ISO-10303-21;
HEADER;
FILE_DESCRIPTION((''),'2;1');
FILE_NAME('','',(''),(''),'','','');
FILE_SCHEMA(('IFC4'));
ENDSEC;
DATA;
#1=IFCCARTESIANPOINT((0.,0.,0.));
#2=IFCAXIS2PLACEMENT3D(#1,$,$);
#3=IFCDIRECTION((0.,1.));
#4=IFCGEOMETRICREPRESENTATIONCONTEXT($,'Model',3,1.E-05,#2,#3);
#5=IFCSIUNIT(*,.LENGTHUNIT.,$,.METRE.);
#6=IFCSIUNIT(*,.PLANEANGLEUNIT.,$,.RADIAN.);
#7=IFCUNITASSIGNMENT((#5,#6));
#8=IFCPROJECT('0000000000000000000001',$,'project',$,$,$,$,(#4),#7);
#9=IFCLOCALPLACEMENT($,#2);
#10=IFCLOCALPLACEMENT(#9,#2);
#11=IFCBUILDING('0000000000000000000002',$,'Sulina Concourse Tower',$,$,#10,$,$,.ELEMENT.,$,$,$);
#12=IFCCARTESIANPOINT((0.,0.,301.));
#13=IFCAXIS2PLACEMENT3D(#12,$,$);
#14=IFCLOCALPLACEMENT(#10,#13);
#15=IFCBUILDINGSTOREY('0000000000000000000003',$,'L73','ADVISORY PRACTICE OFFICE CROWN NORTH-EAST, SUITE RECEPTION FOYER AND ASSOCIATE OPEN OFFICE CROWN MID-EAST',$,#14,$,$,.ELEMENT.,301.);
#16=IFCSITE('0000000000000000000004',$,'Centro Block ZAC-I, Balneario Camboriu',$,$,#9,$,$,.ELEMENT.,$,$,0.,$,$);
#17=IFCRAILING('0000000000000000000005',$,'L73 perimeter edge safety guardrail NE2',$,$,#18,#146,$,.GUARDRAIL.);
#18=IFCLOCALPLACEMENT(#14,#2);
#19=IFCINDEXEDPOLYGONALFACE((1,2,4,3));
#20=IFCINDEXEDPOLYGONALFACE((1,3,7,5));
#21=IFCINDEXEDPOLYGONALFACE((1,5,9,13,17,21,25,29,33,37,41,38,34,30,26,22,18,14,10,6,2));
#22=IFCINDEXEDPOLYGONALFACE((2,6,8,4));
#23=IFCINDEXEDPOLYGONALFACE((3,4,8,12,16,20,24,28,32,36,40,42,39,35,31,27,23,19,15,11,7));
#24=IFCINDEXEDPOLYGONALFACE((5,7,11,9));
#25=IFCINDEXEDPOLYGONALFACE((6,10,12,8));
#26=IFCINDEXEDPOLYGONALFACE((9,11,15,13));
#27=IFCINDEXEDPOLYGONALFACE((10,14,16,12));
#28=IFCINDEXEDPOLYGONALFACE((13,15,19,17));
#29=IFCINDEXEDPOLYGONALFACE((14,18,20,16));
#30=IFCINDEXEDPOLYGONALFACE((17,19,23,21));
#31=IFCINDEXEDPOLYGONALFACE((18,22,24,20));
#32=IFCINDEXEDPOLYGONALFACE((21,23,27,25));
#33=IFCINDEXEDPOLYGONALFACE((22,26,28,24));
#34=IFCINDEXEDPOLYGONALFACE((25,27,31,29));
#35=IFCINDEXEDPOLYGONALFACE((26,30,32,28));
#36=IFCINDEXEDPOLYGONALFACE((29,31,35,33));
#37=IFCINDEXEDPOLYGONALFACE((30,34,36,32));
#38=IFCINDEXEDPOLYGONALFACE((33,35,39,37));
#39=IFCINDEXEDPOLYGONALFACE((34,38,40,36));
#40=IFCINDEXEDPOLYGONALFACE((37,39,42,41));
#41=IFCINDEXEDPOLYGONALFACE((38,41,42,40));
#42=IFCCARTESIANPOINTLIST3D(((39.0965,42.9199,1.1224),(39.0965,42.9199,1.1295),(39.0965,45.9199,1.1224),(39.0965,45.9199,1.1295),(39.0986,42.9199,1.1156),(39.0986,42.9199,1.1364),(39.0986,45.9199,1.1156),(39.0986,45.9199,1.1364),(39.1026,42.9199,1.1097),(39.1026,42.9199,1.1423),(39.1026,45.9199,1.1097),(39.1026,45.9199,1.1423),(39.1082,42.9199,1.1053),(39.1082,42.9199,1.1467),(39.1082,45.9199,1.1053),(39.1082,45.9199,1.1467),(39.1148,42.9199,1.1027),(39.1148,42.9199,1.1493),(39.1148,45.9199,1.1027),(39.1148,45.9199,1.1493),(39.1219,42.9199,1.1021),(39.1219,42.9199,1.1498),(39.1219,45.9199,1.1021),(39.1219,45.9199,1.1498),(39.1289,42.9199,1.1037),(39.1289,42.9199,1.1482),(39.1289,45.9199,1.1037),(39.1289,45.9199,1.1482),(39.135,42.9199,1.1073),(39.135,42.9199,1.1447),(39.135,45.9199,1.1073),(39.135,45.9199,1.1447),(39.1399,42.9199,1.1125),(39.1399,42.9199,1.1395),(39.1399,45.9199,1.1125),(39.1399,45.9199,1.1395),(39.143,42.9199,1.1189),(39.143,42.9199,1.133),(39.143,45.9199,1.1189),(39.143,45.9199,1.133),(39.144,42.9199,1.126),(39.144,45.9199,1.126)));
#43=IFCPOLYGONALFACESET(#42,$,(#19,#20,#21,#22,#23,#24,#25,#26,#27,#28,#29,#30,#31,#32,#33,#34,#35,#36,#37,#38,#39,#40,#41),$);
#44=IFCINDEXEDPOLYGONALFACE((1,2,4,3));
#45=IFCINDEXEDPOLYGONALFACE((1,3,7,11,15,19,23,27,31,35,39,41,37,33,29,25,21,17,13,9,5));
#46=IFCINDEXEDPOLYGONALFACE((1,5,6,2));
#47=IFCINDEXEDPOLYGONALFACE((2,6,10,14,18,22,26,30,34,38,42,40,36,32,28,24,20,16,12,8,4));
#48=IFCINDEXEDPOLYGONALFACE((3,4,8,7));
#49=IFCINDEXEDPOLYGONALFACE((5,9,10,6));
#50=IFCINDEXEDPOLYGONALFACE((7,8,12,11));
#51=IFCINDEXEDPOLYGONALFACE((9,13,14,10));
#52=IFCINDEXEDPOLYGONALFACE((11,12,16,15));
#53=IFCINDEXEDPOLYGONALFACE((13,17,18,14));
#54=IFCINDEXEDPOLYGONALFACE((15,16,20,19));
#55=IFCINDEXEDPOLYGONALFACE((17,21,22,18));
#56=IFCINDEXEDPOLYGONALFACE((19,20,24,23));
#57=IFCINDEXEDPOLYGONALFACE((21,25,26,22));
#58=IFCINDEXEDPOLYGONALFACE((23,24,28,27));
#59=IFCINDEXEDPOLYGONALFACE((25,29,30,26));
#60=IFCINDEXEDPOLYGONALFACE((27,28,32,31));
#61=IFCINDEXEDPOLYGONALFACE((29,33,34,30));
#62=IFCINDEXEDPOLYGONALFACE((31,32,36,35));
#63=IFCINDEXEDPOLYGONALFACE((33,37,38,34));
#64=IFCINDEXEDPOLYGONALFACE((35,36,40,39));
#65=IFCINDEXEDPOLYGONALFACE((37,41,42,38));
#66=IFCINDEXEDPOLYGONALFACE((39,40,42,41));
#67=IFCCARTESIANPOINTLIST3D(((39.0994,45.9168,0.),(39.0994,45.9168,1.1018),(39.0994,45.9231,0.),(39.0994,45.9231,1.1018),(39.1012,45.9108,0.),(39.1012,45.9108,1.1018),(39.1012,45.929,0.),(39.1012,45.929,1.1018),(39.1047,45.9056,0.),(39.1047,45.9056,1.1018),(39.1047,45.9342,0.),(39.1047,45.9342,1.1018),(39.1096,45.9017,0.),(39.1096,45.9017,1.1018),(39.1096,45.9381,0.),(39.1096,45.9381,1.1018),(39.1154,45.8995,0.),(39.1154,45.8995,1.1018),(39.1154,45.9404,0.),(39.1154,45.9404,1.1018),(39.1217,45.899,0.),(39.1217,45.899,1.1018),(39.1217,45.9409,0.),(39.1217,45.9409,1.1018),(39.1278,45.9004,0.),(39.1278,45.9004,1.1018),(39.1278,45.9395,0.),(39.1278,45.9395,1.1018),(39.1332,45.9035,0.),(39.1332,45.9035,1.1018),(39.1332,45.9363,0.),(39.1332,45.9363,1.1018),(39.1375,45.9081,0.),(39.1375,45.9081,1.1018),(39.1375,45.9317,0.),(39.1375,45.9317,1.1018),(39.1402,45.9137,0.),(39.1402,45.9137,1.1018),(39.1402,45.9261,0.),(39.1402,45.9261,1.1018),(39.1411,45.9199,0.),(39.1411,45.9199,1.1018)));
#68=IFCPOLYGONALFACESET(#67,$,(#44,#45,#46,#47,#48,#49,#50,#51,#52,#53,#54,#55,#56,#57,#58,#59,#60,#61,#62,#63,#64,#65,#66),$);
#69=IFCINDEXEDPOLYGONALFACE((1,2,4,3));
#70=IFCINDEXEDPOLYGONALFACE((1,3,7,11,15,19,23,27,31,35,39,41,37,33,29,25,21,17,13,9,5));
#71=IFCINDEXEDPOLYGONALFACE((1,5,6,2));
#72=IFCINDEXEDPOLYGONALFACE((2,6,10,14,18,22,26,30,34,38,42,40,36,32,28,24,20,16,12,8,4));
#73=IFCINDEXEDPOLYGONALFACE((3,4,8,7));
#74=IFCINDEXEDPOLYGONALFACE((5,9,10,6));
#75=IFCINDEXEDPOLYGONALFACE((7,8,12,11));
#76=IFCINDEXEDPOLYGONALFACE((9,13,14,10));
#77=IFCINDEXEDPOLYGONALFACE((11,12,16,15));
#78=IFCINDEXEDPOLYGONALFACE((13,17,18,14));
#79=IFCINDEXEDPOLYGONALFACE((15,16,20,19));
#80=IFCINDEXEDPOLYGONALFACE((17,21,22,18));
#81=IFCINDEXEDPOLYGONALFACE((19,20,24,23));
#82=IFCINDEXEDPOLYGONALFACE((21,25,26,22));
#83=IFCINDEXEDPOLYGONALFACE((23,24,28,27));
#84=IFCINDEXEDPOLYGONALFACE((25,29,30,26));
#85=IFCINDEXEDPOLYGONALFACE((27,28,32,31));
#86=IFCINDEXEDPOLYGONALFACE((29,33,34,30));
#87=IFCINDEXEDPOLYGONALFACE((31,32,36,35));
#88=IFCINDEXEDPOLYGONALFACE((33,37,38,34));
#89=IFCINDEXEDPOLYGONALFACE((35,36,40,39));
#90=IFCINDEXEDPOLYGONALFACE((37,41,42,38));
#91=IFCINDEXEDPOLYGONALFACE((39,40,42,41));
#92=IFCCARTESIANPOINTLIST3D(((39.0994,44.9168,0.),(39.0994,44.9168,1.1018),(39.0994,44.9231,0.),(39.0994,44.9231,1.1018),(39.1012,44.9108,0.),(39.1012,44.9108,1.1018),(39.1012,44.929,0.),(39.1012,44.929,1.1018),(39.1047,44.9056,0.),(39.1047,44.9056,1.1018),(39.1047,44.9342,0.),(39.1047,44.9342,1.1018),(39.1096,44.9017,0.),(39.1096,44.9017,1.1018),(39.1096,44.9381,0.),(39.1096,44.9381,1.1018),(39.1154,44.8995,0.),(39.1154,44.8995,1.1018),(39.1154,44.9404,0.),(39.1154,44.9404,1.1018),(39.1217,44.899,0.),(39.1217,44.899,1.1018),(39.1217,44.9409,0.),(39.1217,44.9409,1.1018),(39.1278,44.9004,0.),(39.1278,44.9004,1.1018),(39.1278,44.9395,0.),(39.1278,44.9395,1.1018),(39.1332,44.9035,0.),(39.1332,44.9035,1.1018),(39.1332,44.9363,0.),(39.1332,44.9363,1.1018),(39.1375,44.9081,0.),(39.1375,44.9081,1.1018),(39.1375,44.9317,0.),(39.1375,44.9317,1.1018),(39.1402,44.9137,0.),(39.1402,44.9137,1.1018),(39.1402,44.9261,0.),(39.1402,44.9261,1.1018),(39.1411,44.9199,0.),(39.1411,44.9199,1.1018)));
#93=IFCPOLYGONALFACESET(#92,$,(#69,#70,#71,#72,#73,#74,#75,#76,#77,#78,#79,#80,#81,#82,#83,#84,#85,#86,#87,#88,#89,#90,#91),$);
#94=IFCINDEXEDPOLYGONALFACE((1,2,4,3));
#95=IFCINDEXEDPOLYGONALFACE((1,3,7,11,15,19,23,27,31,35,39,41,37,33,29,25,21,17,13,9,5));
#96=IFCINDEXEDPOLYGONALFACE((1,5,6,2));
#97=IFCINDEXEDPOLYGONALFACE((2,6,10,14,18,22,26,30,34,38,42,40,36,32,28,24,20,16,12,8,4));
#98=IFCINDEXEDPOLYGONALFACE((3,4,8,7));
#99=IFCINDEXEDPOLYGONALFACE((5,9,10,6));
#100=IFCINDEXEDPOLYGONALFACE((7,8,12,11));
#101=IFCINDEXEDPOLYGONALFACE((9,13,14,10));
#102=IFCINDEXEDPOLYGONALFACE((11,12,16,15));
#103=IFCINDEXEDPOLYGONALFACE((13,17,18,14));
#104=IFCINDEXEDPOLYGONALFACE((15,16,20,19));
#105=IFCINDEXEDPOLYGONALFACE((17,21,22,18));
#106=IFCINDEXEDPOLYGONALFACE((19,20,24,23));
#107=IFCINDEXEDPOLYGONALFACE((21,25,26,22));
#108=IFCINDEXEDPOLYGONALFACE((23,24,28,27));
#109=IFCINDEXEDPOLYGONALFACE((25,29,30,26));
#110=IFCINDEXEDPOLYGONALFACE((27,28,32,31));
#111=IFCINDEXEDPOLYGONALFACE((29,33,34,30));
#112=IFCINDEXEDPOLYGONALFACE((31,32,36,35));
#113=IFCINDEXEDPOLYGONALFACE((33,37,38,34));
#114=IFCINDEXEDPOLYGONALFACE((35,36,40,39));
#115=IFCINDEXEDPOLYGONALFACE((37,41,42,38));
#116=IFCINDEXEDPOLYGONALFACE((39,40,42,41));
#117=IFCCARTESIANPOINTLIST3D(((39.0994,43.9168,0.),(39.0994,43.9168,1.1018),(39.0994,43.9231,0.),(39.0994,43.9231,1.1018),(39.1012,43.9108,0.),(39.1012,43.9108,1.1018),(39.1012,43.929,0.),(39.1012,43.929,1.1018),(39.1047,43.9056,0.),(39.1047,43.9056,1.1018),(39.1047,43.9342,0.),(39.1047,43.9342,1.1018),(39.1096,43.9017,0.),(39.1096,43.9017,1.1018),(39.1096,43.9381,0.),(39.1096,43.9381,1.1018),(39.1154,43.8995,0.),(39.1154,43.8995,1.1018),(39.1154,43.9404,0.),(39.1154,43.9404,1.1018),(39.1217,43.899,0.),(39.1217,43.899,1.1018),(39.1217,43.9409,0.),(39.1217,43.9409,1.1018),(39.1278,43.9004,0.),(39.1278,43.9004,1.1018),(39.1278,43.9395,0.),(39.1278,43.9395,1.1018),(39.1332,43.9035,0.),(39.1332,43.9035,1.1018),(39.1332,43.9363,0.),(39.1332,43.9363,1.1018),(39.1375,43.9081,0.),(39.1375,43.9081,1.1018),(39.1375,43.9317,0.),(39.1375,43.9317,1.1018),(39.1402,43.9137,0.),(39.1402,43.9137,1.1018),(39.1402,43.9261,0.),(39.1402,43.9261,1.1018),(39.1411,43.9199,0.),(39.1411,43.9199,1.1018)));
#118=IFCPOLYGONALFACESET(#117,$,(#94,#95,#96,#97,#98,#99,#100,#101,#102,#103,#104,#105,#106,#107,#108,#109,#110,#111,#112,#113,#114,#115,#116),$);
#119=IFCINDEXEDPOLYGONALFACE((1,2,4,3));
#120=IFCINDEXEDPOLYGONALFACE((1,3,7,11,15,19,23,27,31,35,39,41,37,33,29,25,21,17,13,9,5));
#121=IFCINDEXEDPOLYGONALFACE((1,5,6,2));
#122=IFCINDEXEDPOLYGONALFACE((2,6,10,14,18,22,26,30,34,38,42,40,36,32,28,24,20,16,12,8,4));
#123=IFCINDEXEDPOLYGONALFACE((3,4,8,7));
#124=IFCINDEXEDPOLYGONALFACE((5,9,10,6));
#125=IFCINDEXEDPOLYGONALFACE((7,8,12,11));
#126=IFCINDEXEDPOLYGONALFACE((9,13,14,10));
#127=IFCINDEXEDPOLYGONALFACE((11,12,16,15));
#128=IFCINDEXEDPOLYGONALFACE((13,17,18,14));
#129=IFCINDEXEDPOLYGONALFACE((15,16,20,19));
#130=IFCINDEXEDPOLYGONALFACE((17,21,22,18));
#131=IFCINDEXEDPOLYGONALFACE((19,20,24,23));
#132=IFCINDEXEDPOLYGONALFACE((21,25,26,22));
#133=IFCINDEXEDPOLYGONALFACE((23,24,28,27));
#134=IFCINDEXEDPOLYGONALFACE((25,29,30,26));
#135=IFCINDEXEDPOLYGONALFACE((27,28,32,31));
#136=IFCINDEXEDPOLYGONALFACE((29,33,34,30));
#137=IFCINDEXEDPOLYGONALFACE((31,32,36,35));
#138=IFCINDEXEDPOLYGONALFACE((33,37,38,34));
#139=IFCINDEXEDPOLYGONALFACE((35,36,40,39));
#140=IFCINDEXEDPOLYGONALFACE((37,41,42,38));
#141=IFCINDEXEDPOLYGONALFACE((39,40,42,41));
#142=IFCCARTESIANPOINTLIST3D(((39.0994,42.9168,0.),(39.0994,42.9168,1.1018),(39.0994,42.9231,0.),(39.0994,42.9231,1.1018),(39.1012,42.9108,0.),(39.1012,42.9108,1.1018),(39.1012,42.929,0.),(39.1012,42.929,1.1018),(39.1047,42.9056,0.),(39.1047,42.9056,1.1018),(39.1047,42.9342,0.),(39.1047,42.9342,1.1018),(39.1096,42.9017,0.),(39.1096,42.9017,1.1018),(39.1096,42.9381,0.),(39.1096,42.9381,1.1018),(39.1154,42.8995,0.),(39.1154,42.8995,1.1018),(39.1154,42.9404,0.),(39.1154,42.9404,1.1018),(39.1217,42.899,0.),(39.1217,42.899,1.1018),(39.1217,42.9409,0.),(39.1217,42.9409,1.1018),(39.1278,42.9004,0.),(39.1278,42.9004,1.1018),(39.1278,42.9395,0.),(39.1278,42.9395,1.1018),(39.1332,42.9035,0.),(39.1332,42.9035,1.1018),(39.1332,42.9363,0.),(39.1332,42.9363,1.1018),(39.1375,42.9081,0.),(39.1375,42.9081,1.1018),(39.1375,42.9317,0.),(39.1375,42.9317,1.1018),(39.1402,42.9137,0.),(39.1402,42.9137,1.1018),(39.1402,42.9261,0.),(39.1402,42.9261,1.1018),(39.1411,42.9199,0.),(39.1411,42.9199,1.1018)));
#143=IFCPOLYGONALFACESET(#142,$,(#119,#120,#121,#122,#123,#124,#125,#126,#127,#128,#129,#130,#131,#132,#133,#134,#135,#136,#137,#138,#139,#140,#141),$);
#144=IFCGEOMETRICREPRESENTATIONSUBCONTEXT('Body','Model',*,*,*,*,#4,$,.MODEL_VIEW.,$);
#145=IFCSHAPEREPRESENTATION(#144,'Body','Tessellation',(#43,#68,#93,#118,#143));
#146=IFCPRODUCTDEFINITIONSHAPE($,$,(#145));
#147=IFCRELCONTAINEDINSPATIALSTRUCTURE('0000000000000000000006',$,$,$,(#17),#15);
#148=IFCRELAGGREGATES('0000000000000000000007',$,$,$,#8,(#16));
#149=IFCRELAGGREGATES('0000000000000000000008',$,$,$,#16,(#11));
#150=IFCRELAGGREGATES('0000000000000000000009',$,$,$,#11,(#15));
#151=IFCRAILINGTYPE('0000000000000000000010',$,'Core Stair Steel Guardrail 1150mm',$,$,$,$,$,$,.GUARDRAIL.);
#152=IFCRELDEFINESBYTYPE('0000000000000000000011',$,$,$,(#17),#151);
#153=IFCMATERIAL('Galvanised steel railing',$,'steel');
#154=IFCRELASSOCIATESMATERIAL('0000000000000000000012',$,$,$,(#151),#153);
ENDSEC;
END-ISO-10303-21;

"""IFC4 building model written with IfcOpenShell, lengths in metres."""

from ifc_helpers import new_model, si_unit, direction, frame, origin, origin_2d, place, context, subcontext, project, spatial, circle, extrude, material, type_object, element, save


model = new_model("IFC4")

# Units and contexts
model_context = context("Model", 3, precision=1e-05, world=origin(), true_north=direction((0.0, 1.0)))
body_context = subcontext(model_context, "Body", "Model", "MODEL_VIEW")
ifc_project = project(units=[si_unit("LENGTHUNIT", "METRE"), si_unit("PLANEANGLEUNIT", "RADIAN")], contexts=[model_context])

# Site, building, storey
site_placement = place(None, origin())
site = spatial("IfcSite", under=ifc_project, at=site_placement, Name="Centro Block ZAC-I, Balneario Camboriu", CompositionType="ELEMENT", RefElevation=0.0)
building_placement = place(site_placement, origin())
building = spatial("IfcBuilding", under=site, at=building_placement, Name="Sulina Concourse Tower", CompositionType="ELEMENT")
storey_placement = place(building_placement, frame((0.0, 0.0, 301.0)))
storey = spatial("IfcBuildingStorey", under=building, at=storey_placement, Name="L73", Description="ADVISORY PRACTICE OFFICE CROWN NORTH-EAST, SUITE RECEPTION FOYER AND ASSOCIATE OPEN OFFICE CROWN MID-EAST", CompositionType="ELEMENT", Elevation=301.0)

# Railing
ifc_material_1 = material(Name="Galvanised steel railing", Category="steel")
railing_type = type_object("IfcRailingType", Name="Core Stair Steel Guardrail 1150mm", PredefinedType="GUARDRAIL", material=ifc_material_1)
railing_1_placement = place(storey_placement, frame((39.1201, 45.9199, 0.0)))
element("IfcRailing", 1, at=railing_1_placement, inside=storey, type_object=railing_type, Name="L73 perimeter edge safety guardrail NE2", PredefinedType="GUARDRAIL", context=body_context, shape_type="SweptSolid", body=[
    extrude(circle(Radius=0.0239, at=origin_2d()), frame((0.0, 0.0, 1.126), z_axis=(0.0, -1.0, 0.0), x_axis=(1.0, 0.0, 0.0)), (0.0, 0.0, 1.0), 3.0),
    extrude(circle(Radius=0.021, at=origin_2d()), origin(), (0.0, 0.0, 1.0), 1.1018),
    extrude(circle(Radius=0.021, at=origin_2d()), frame((0.0, -1.0, 0.0)), (0.0, 0.0, 1.0), 1.1018),
    extrude(circle(Radius=0.021, at=origin_2d()), frame((0.0, -2.0, 0.0)), (0.0, 0.0, 1.0), 1.1018),
    extrude(circle(Radius=0.021, at=origin_2d()), frame((0.0, -3.0, 0.0)), (0.0, 0.0, 1.0), 1.1018),
])

save(model, "model.ifc")
